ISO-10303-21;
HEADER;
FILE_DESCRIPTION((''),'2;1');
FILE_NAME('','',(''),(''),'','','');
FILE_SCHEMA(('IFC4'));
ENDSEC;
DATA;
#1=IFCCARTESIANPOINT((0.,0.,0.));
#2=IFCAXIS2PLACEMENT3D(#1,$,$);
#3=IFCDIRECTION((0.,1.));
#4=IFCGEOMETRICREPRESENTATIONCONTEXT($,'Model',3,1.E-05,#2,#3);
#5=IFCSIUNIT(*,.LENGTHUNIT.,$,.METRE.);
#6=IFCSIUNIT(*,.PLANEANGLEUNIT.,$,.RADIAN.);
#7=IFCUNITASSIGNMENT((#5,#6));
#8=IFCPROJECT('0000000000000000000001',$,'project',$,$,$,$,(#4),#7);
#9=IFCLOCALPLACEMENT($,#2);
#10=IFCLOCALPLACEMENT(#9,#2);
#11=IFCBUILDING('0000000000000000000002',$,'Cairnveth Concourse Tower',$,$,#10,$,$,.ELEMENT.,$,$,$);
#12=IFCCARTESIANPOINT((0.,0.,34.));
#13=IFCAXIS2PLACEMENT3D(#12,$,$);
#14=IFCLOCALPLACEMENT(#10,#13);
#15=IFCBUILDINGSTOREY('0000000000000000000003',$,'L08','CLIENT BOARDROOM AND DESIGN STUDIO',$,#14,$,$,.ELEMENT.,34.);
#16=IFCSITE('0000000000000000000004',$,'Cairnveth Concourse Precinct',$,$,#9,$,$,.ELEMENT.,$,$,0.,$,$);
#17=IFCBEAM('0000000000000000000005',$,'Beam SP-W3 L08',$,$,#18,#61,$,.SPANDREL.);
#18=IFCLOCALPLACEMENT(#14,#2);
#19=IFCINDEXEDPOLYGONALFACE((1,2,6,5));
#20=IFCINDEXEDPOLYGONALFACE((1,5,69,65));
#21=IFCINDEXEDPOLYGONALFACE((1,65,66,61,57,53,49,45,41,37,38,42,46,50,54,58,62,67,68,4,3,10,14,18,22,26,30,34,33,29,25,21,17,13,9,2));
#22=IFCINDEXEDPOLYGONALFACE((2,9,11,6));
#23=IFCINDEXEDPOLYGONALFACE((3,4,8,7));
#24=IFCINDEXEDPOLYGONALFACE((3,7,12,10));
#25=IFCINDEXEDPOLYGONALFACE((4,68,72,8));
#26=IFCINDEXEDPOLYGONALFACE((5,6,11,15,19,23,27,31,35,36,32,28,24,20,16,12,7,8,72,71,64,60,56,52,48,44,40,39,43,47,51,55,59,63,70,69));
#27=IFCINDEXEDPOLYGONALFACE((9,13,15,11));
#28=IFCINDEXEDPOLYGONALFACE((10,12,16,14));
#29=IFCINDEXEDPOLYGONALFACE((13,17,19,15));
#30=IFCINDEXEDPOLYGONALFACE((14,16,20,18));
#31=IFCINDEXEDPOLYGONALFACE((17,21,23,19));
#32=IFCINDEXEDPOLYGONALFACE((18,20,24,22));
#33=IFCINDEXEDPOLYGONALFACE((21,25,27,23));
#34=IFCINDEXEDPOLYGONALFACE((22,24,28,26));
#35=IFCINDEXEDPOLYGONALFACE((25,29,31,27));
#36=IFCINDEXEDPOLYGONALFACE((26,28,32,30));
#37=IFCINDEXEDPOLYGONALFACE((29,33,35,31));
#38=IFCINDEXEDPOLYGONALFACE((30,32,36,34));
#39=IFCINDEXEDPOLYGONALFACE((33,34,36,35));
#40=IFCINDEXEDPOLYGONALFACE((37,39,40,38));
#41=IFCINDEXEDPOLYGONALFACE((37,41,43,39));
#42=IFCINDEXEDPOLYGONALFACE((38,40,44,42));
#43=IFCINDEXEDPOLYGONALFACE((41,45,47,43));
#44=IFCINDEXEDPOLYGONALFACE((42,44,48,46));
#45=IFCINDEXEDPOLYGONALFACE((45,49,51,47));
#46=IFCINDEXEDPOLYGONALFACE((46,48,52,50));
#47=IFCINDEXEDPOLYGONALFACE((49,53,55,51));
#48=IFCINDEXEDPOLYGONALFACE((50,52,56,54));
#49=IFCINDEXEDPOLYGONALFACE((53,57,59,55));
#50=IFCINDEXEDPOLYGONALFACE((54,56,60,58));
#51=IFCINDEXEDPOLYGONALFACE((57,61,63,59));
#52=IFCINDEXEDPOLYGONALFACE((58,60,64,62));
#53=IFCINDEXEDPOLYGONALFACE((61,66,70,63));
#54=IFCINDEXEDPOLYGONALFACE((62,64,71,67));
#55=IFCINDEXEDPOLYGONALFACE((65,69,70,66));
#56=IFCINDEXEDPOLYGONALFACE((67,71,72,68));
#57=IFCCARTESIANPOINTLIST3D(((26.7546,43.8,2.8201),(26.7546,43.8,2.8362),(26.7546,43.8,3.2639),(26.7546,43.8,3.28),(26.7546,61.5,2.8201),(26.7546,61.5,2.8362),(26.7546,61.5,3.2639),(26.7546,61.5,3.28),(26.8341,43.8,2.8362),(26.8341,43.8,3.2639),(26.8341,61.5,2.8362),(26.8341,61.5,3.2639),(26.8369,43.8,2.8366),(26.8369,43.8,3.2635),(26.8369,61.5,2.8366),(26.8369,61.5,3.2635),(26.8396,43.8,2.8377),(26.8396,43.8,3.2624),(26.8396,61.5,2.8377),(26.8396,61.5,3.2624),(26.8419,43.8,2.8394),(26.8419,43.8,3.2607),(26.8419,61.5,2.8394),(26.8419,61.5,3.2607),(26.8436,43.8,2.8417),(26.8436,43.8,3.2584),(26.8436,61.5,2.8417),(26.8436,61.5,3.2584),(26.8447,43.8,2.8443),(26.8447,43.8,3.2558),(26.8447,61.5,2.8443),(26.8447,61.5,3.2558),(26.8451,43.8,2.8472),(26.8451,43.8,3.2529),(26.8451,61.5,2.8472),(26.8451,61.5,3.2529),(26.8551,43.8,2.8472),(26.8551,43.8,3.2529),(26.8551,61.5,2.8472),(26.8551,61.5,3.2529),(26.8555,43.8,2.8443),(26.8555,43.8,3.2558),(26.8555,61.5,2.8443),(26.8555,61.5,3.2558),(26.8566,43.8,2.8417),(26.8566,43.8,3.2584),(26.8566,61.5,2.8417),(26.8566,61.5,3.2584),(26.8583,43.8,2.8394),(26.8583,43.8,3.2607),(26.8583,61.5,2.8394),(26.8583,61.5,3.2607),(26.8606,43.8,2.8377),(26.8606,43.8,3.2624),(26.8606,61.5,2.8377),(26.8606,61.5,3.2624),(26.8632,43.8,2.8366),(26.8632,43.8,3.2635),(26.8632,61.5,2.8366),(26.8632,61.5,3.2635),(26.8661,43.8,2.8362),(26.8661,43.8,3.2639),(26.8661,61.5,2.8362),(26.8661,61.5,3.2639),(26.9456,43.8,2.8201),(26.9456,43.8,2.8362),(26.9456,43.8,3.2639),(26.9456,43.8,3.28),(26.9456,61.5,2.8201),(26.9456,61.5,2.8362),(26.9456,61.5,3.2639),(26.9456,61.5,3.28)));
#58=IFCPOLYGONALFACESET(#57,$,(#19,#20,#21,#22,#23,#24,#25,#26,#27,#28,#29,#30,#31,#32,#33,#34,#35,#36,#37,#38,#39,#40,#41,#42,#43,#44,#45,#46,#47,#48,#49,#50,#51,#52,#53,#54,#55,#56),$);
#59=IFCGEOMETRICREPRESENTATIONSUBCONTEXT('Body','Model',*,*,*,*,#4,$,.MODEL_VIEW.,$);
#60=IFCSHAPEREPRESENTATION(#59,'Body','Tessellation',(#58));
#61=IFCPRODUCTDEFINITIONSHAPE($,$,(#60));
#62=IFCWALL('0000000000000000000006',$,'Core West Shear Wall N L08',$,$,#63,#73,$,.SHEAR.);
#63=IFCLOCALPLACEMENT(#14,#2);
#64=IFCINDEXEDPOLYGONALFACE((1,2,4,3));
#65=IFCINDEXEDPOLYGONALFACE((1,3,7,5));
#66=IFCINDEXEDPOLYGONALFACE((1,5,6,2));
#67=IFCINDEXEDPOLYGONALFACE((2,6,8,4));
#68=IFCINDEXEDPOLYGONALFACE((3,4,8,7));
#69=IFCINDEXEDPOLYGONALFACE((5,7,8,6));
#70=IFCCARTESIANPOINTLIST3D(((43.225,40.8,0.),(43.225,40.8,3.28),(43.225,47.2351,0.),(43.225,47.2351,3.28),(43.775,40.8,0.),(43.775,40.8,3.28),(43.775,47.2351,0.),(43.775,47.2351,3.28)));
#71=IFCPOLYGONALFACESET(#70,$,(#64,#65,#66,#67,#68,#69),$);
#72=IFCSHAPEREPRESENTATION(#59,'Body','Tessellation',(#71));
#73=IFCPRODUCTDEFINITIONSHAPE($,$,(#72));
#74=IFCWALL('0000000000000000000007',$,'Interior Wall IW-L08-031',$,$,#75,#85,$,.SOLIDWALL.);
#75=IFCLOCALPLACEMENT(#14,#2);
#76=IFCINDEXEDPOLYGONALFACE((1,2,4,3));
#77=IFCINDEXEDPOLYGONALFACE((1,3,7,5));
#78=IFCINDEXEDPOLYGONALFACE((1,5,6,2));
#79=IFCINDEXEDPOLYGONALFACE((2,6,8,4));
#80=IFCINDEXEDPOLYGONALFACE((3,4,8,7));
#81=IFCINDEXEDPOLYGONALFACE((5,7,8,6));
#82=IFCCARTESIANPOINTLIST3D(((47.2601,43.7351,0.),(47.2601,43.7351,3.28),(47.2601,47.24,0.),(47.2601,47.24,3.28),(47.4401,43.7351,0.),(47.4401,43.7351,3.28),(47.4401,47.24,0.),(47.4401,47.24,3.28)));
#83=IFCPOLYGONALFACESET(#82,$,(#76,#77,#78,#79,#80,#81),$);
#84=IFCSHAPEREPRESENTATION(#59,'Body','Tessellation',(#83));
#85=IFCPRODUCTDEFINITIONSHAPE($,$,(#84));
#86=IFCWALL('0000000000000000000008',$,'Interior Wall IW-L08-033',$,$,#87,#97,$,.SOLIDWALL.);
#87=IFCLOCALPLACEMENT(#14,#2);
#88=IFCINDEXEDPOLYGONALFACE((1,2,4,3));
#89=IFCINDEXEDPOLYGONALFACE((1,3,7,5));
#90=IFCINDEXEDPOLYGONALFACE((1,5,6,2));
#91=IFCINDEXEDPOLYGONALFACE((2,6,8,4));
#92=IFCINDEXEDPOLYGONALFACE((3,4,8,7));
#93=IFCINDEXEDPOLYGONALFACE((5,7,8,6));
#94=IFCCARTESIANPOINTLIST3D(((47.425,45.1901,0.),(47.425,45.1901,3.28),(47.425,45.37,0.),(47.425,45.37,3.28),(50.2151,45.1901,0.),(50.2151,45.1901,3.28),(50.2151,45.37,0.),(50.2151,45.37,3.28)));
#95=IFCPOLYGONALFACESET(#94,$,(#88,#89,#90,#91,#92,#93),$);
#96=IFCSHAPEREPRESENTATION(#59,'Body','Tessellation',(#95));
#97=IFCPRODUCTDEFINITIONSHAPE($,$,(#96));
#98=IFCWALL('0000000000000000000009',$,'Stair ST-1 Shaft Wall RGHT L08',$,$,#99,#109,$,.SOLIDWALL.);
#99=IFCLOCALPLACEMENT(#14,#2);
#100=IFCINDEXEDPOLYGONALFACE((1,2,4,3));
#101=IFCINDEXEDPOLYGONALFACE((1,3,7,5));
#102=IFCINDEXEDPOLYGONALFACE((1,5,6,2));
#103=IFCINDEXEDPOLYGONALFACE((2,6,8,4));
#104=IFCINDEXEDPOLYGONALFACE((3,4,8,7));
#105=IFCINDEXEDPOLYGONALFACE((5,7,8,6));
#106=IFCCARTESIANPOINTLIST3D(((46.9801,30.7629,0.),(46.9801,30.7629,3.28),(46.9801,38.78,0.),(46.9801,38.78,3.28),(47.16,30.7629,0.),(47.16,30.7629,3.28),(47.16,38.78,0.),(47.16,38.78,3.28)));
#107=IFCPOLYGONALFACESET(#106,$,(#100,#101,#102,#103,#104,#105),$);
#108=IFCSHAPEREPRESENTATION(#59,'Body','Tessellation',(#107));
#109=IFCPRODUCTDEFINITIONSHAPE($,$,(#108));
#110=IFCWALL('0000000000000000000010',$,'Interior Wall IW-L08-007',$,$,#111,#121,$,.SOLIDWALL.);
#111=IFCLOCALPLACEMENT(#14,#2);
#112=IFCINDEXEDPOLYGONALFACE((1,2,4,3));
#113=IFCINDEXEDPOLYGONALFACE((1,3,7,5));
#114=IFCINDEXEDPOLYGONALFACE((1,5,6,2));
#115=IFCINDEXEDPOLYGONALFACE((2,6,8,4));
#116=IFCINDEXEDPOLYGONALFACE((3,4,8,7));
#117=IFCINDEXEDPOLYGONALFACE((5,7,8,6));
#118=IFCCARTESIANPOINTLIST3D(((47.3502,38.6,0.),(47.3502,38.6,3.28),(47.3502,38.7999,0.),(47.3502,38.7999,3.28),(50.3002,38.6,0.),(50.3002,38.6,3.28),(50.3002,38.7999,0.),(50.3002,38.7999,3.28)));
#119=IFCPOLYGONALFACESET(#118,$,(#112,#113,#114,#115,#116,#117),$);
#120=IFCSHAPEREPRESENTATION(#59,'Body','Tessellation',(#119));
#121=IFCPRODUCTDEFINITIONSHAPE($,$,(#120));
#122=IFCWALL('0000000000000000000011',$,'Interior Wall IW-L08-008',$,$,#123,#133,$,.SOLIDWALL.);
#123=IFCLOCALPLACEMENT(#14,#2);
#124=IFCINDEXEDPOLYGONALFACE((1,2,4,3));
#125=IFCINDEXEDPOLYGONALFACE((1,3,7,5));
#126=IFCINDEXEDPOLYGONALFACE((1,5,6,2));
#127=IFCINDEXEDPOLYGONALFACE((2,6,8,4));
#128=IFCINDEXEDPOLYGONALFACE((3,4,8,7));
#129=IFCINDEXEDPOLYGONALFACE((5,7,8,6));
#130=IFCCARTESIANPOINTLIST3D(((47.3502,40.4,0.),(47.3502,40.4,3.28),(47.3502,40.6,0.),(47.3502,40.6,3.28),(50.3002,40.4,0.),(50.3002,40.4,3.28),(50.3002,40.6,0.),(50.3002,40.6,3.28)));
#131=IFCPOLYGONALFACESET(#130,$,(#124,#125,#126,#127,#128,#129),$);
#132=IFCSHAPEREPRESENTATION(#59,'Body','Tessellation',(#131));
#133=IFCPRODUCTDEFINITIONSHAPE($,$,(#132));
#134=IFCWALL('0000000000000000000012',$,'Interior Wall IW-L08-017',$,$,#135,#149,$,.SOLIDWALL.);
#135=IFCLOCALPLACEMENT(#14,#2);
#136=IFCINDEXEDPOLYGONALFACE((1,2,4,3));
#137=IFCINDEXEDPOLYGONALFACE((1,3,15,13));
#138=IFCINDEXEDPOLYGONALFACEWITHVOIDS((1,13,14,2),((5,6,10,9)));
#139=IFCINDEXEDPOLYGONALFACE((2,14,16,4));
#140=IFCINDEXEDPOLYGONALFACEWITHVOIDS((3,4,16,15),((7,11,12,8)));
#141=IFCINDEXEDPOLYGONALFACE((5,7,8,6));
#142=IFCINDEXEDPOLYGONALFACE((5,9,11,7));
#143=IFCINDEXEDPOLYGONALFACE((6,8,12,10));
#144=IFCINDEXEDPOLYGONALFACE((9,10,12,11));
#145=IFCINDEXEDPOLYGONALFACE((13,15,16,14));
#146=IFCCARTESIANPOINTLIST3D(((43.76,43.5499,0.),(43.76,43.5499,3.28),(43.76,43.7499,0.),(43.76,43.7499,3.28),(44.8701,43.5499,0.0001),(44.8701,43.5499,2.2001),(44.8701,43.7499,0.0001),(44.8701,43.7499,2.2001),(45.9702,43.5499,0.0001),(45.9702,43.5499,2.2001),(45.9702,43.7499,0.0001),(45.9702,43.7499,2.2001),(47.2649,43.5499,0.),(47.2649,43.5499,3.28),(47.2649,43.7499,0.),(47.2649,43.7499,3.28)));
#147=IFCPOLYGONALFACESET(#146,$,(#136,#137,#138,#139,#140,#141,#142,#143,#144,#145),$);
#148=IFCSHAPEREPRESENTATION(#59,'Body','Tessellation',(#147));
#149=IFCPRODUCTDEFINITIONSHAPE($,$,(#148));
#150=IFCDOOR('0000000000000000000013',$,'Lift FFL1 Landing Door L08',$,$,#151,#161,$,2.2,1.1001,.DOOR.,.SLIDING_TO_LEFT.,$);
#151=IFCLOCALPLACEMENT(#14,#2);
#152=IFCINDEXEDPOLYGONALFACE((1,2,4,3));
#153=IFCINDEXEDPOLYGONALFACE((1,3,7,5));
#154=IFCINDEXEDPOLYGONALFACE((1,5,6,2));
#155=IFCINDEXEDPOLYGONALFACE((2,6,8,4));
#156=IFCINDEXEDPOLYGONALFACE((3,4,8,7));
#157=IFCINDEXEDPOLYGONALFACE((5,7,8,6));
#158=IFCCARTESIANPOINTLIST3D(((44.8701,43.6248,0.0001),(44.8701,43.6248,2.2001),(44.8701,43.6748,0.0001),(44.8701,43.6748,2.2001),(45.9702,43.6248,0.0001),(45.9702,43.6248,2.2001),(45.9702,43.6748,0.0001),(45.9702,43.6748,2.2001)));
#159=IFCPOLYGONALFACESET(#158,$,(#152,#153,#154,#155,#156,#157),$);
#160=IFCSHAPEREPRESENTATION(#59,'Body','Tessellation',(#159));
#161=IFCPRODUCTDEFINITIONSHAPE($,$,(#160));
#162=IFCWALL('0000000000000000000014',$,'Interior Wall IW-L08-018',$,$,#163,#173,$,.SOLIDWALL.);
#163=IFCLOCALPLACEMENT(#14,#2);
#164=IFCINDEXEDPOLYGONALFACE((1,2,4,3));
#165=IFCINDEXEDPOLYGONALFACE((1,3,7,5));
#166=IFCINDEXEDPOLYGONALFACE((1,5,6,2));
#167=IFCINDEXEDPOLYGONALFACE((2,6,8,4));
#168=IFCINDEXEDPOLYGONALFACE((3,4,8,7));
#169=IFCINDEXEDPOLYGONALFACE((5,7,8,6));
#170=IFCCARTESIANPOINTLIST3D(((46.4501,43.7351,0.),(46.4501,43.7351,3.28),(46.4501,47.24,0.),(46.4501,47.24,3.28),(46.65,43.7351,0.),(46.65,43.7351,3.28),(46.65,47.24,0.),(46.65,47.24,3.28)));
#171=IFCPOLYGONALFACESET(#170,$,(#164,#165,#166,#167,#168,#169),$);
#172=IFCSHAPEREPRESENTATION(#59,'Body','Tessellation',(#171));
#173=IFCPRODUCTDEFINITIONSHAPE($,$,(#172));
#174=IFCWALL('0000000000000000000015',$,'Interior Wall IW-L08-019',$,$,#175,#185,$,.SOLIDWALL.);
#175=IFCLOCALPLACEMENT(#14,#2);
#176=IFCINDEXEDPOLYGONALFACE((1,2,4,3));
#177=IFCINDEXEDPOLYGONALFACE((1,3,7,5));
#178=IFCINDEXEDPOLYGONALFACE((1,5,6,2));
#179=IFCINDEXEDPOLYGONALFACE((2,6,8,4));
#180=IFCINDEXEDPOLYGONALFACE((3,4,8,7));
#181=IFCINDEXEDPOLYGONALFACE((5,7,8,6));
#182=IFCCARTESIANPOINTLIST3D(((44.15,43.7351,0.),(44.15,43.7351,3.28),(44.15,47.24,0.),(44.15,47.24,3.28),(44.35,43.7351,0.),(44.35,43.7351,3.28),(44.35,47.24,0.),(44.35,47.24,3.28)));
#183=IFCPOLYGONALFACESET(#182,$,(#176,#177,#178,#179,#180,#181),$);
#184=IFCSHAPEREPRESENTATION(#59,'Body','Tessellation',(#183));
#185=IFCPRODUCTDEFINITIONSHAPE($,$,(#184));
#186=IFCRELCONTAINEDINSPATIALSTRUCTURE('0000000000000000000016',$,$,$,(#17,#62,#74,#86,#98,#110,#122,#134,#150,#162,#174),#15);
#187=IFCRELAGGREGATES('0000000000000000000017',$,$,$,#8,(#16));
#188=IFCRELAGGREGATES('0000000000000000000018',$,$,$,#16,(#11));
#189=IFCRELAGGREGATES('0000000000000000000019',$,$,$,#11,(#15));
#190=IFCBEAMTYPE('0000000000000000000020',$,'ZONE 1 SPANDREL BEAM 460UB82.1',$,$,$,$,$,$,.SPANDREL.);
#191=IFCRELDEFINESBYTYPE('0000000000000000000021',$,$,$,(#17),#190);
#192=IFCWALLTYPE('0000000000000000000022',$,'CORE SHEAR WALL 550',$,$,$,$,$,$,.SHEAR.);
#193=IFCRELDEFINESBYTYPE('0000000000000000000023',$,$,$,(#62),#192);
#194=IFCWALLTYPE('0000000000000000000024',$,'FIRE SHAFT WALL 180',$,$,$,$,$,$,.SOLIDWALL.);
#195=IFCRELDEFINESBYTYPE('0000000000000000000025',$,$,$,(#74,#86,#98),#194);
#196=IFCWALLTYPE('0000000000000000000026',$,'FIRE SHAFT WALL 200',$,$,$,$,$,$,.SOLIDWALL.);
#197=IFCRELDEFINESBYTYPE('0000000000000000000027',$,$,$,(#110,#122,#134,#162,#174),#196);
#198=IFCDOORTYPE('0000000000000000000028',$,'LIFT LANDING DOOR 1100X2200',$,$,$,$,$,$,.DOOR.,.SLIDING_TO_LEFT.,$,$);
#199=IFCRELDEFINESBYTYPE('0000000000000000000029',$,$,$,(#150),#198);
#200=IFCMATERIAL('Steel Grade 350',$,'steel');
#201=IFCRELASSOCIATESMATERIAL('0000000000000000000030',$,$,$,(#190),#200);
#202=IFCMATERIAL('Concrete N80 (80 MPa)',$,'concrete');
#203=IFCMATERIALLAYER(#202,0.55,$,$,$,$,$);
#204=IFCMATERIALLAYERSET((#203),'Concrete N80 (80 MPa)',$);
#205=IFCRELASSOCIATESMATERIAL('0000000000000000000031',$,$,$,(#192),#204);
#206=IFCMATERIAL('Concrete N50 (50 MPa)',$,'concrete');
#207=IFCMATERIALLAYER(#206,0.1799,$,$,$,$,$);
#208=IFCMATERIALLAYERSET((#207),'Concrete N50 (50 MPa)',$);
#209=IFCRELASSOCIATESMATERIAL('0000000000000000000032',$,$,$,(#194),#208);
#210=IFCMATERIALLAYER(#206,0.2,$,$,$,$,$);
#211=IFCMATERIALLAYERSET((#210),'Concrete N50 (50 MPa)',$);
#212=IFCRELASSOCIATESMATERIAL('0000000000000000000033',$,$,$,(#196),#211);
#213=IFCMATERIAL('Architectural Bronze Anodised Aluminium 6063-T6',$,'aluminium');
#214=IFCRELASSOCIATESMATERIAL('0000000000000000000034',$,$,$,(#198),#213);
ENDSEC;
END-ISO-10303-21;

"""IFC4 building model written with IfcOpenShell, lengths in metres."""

from ifc_helpers import new_model, si_unit, direction, frame, frame_2d, origin, origin_2d, place, context, subcontext, project, spatial, rectangle, i_section, extrude, material, layer, layer_set, material_profile, profile_set, type_object, element, fill, save


model = new_model("IFC4")

# Units and contexts
model_context = context("Model", 3, precision=1e-05, world=origin(), true_north=direction((0.0, 1.0)))
body_context = subcontext(model_context, "Body", "Model", "MODEL_VIEW")
ifc_project = project(units=[si_unit("LENGTHUNIT", "METRE"), si_unit("PLANEANGLEUNIT", "RADIAN")], contexts=[model_context])

# Site, building, storey
site_placement = place(None, origin())
site = spatial("IfcSite", under=ifc_project, at=site_placement, Name="Cairnveth Concourse Precinct", CompositionType="ELEMENT", RefElevation=0.0)
building_placement = place(site_placement, origin())
building = spatial("IfcBuilding", under=site, at=building_placement, Name="Cairnveth Concourse Tower", CompositionType="ELEMENT")
storey_placement = place(building_placement, frame((0.0, 0.0, 34.0)))
storey = spatial("IfcBuildingStorey", under=building, at=storey_placement, Name="L08", Description="CLIENT BOARDROOM AND DESIGN STUDIO", CompositionType="ELEMENT", Elevation=34.0)

# Shared definitions
ifc_material_1 = material(Name="Concrete N80 (80 MPa)", Category="concrete")

# Beam
ifc_material_2 = material(Name="Steel Grade 350", Category="steel")
ifc_material_profile_1 = material_profile(ifc_material_2, i_section(OverallWidth=0.1909, OverallDepth=0.46, WebThickness=0.01, FlangeThickness=0.0161, FilletRadius=0.011, at=origin_2d()), Name="460UB82.1")
ifc_profile_set_1 = profile_set([ifc_material_profile_1], Name="Steel Grade 350")
beam_type_1 = type_object("IfcBeamType", Name="ZONE 1 SPANDREL BEAM 460UB82.1", PredefinedType="SPANDREL", material=ifc_profile_set_1)
beam_1_placement = place(storey_placement, frame((26.8501, 43.8, 3.05), z_axis=(0.0, 1.0, 0.0), x_axis=(-1.0, 0.0, 0.0)))
element("IfcBeam", 1, at=beam_1_placement, inside=storey, type_object=beam_type_1, Name="Beam SP-W3 L08", PredefinedType="SPANDREL", context=body_context, shape_type="SweptSolid", body=[
    extrude(i_section(OverallWidth=0.1909, OverallDepth=0.46, WebThickness=0.01, FlangeThickness=0.0161, FilletRadius=0.011, at=origin_2d()), origin(), (0.0, 0.0, 1.0), 17.7),
])

# Walls
ifc_layer_1 = layer(ifc_material_1, 0.55)
ifc_layer_set_1 = layer_set([ifc_layer_1], Name="Concrete N80 (80 MPa)")
wall_type_1 = type_object("IfcWallType", Name="CORE SHEAR WALL 550", PredefinedType="SHEAR", material=ifc_layer_set_1)
wall_1_placement = place(storey_placement, frame((43.5, 40.8, 0.0), z_axis=(0.0, 0.0, 1.0), x_axis=(0.0, 1.0, 0.0)))
element("IfcWall", 2, at=wall_1_placement, inside=storey, type_object=wall_type_1, Name="Core West Shear Wall N L08", PredefinedType="SHEAR", context=body_context, shape_type="SweptSolid", body=[
    extrude(rectangle(XDim=6.4351, YDim=0.55, at=frame_2d((3.2175, 0.0))), origin(), (0.0, 0.0, 1.0), 3.28),
])
ifc_material_3 = material(Name="Concrete N50 (50 MPa)", Category="concrete")
ifc_layer_2 = layer(ifc_material_3, 0.1799)
ifc_layer_set_2 = layer_set([ifc_layer_2], Name="Concrete N50 (50 MPa)")
wall_type_2 = type_object("IfcWallType", Name="FIRE SHAFT WALL 180", PredefinedType="SOLIDWALL", material=ifc_layer_set_2)
wall_2_placement = place(storey_placement, frame((47.3501, 43.7351, 0.0), z_axis=(0.0, 0.0, 1.0), x_axis=(0.0, 1.0, 0.0)))
element("IfcWall", 3, at=wall_2_placement, inside=storey, type_object=wall_type_2, Name="Interior Wall IW-L08-031", PredefinedType="SOLIDWALL", context=body_context, shape_type="SweptSolid", body=[
    extrude(rectangle(XDim=3.5049, YDim=0.1799, at=frame_2d((1.7524, 0.0))), origin(), (0.0, 0.0, 1.0), 3.28),
])
wall_3_placement = place(storey_placement, frame((47.425, 45.28, 0.0), z_axis=(0.0, 0.0, 1.0), x_axis=(1.0, 0.0, 0.0)))
element("IfcWall", 4, at=wall_3_placement, inside=storey, type_object=wall_type_2, Name="Interior Wall IW-L08-033", PredefinedType="SOLIDWALL", context=body_context, shape_type="SweptSolid", body=[
    extrude(rectangle(XDim=2.79, YDim=0.1799, at=frame_2d((1.395, 0.0))), origin(), (0.0, 0.0, 1.0), 3.28),
])

# Walls
wall_4_placement = place(storey_placement, frame((47.0701, 38.78, 0.0), z_axis=(0.0, 0.0, 1.0), x_axis=(0.0, -1.0, 0.0)))
element("IfcWall", 5, at=wall_4_placement, inside=storey, type_object=wall_type_2, Name="Stair ST-1 Shaft Wall RGHT L08", PredefinedType="SOLIDWALL", context=body_context, shape_type="SweptSolid", body=[
    extrude(rectangle(XDim=8.0171, YDim=0.1799, at=frame_2d((4.0085, 0.0))), origin(), (0.0, 0.0, 1.0), 3.28),
])
ifc_layer_3 = layer(ifc_material_3, 0.2)
ifc_layer_set_3 = layer_set([ifc_layer_3], Name="Concrete N50 (50 MPa)")
wall_type_3 = type_object("IfcWallType", Name="FIRE SHAFT WALL 200", PredefinedType="SOLIDWALL", material=ifc_layer_set_3)
for number, where, z_axis, x_axis, name in (
    (6, (47.3501, 38.7, 0.0), (0.0, 0.0, 1.0), (1.0, 0.0, 0.0), "Interior Wall IW-L08-007"),
    (7, (47.3501, 40.5, 0.0), (0.0, 0.0, 1.0), (1.0, 0.0, 0.0), "Interior Wall IW-L08-008"),
):
    element("IfcWall", number, at=place(storey_placement, frame(where, z_axis=z_axis, x_axis=x_axis)), inside=storey, type_object=wall_type_3, Name=name, PredefinedType="SOLIDWALL", context=body_context, shape_type="SweptSolid", body=[
        extrude(rectangle(XDim=2.95, YDim=0.2, at=frame_2d((1.4751, 0.0))), origin(), (0.0, 0.0, 1.0), 3.28),
    ])

# Wall, opening, door
wall_5_placement = place(storey_placement, frame((43.76, 43.6499, 0.0), z_axis=(0.0, 0.0, 1.0), x_axis=(1.0, 0.0, 0.0)))
wall_5 = element("IfcWall", 8, at=wall_5_placement, inside=storey, type_object=wall_type_3, Name="Interior Wall IW-L08-017", PredefinedType="SOLIDWALL", context=body_context, shape_type="SweptSolid", body=[
    extrude(rectangle(XDim=3.5049, YDim=0.2, at=frame_2d((1.7524, 0.0))), origin(), (0.0, 0.0, 1.0), 3.28),
])
opening_1_placement = place(wall_5_placement, frame((1.1101, 0.0, 0.0)))
opening_1 = element("IfcOpeningElement", 9, at=opening_1_placement, cuts=wall_5, PredefinedType="OPENING", context=body_context, shape_type="SweptSolid", body=[
    extrude(rectangle(XDim=1.1001, YDim=2.2, at=frame_2d((0.55, 1.1001))), frame((0.0, 0.1099, 0.0), z_axis=(0.0, -1.0, 0.0), x_axis=(1.0, 0.0, 0.0)), (0.0, 0.0, 1.0), 0.22),
])
ifc_material_4 = material(Name="Architectural Bronze Anodised Aluminium 6063-T6", Category="aluminium")
door_type_1 = type_object("IfcDoorType", Name="LIFT LANDING DOOR 1100X2200", OperationType="SLIDING_TO_LEFT", PredefinedType="DOOR", material=ifc_material_4)
door_1_placement = place(opening_1_placement, origin())
door_1 = element("IfcDoor", 10, at=door_1_placement, inside=storey, type_object=door_type_1, Name="Lift FFL1 Landing Door L08", OperationType="SLIDING_TO_LEFT", OverallHeight=2.2, OverallWidth=1.1001, PredefinedType="DOOR", context=body_context, shape_type="SweptSolid", body=[
    extrude(rectangle(XDim=1.1001, YDim=2.2, at=frame_2d((0.55, 1.1001))), frame((0.0, 0.0249, 0.0), z_axis=(0.0, -1.0, 0.0), x_axis=(1.0, 0.0, 0.0)), (0.0, 0.0, 1.0), 0.05),
])
fill(opening_1, door_1)

# Walls
for number, where, z_axis, x_axis, name in (
    (11, (46.55, 43.7351, 0.0), (0.0, 0.0, 1.0), (0.0, 1.0, 0.0), "Interior Wall IW-L08-018"),
    (12, (44.25, 43.7351, 0.0), (0.0, 0.0, 1.0), (0.0, 1.0, 0.0), "Interior Wall IW-L08-019"),
):
    element("IfcWall", number, at=place(storey_placement, frame(where, z_axis=z_axis, x_axis=x_axis)), inside=storey, type_object=wall_type_3, Name=name, PredefinedType="SOLIDWALL", context=body_context, shape_type="SweptSolid", body=[
        extrude(rectangle(XDim=3.5049, YDim=0.2, at=frame_2d((1.7524, 0.0))), origin(), (0.0, 0.0, 1.0), 3.28),
    ])

save(model, "model.ifc")
